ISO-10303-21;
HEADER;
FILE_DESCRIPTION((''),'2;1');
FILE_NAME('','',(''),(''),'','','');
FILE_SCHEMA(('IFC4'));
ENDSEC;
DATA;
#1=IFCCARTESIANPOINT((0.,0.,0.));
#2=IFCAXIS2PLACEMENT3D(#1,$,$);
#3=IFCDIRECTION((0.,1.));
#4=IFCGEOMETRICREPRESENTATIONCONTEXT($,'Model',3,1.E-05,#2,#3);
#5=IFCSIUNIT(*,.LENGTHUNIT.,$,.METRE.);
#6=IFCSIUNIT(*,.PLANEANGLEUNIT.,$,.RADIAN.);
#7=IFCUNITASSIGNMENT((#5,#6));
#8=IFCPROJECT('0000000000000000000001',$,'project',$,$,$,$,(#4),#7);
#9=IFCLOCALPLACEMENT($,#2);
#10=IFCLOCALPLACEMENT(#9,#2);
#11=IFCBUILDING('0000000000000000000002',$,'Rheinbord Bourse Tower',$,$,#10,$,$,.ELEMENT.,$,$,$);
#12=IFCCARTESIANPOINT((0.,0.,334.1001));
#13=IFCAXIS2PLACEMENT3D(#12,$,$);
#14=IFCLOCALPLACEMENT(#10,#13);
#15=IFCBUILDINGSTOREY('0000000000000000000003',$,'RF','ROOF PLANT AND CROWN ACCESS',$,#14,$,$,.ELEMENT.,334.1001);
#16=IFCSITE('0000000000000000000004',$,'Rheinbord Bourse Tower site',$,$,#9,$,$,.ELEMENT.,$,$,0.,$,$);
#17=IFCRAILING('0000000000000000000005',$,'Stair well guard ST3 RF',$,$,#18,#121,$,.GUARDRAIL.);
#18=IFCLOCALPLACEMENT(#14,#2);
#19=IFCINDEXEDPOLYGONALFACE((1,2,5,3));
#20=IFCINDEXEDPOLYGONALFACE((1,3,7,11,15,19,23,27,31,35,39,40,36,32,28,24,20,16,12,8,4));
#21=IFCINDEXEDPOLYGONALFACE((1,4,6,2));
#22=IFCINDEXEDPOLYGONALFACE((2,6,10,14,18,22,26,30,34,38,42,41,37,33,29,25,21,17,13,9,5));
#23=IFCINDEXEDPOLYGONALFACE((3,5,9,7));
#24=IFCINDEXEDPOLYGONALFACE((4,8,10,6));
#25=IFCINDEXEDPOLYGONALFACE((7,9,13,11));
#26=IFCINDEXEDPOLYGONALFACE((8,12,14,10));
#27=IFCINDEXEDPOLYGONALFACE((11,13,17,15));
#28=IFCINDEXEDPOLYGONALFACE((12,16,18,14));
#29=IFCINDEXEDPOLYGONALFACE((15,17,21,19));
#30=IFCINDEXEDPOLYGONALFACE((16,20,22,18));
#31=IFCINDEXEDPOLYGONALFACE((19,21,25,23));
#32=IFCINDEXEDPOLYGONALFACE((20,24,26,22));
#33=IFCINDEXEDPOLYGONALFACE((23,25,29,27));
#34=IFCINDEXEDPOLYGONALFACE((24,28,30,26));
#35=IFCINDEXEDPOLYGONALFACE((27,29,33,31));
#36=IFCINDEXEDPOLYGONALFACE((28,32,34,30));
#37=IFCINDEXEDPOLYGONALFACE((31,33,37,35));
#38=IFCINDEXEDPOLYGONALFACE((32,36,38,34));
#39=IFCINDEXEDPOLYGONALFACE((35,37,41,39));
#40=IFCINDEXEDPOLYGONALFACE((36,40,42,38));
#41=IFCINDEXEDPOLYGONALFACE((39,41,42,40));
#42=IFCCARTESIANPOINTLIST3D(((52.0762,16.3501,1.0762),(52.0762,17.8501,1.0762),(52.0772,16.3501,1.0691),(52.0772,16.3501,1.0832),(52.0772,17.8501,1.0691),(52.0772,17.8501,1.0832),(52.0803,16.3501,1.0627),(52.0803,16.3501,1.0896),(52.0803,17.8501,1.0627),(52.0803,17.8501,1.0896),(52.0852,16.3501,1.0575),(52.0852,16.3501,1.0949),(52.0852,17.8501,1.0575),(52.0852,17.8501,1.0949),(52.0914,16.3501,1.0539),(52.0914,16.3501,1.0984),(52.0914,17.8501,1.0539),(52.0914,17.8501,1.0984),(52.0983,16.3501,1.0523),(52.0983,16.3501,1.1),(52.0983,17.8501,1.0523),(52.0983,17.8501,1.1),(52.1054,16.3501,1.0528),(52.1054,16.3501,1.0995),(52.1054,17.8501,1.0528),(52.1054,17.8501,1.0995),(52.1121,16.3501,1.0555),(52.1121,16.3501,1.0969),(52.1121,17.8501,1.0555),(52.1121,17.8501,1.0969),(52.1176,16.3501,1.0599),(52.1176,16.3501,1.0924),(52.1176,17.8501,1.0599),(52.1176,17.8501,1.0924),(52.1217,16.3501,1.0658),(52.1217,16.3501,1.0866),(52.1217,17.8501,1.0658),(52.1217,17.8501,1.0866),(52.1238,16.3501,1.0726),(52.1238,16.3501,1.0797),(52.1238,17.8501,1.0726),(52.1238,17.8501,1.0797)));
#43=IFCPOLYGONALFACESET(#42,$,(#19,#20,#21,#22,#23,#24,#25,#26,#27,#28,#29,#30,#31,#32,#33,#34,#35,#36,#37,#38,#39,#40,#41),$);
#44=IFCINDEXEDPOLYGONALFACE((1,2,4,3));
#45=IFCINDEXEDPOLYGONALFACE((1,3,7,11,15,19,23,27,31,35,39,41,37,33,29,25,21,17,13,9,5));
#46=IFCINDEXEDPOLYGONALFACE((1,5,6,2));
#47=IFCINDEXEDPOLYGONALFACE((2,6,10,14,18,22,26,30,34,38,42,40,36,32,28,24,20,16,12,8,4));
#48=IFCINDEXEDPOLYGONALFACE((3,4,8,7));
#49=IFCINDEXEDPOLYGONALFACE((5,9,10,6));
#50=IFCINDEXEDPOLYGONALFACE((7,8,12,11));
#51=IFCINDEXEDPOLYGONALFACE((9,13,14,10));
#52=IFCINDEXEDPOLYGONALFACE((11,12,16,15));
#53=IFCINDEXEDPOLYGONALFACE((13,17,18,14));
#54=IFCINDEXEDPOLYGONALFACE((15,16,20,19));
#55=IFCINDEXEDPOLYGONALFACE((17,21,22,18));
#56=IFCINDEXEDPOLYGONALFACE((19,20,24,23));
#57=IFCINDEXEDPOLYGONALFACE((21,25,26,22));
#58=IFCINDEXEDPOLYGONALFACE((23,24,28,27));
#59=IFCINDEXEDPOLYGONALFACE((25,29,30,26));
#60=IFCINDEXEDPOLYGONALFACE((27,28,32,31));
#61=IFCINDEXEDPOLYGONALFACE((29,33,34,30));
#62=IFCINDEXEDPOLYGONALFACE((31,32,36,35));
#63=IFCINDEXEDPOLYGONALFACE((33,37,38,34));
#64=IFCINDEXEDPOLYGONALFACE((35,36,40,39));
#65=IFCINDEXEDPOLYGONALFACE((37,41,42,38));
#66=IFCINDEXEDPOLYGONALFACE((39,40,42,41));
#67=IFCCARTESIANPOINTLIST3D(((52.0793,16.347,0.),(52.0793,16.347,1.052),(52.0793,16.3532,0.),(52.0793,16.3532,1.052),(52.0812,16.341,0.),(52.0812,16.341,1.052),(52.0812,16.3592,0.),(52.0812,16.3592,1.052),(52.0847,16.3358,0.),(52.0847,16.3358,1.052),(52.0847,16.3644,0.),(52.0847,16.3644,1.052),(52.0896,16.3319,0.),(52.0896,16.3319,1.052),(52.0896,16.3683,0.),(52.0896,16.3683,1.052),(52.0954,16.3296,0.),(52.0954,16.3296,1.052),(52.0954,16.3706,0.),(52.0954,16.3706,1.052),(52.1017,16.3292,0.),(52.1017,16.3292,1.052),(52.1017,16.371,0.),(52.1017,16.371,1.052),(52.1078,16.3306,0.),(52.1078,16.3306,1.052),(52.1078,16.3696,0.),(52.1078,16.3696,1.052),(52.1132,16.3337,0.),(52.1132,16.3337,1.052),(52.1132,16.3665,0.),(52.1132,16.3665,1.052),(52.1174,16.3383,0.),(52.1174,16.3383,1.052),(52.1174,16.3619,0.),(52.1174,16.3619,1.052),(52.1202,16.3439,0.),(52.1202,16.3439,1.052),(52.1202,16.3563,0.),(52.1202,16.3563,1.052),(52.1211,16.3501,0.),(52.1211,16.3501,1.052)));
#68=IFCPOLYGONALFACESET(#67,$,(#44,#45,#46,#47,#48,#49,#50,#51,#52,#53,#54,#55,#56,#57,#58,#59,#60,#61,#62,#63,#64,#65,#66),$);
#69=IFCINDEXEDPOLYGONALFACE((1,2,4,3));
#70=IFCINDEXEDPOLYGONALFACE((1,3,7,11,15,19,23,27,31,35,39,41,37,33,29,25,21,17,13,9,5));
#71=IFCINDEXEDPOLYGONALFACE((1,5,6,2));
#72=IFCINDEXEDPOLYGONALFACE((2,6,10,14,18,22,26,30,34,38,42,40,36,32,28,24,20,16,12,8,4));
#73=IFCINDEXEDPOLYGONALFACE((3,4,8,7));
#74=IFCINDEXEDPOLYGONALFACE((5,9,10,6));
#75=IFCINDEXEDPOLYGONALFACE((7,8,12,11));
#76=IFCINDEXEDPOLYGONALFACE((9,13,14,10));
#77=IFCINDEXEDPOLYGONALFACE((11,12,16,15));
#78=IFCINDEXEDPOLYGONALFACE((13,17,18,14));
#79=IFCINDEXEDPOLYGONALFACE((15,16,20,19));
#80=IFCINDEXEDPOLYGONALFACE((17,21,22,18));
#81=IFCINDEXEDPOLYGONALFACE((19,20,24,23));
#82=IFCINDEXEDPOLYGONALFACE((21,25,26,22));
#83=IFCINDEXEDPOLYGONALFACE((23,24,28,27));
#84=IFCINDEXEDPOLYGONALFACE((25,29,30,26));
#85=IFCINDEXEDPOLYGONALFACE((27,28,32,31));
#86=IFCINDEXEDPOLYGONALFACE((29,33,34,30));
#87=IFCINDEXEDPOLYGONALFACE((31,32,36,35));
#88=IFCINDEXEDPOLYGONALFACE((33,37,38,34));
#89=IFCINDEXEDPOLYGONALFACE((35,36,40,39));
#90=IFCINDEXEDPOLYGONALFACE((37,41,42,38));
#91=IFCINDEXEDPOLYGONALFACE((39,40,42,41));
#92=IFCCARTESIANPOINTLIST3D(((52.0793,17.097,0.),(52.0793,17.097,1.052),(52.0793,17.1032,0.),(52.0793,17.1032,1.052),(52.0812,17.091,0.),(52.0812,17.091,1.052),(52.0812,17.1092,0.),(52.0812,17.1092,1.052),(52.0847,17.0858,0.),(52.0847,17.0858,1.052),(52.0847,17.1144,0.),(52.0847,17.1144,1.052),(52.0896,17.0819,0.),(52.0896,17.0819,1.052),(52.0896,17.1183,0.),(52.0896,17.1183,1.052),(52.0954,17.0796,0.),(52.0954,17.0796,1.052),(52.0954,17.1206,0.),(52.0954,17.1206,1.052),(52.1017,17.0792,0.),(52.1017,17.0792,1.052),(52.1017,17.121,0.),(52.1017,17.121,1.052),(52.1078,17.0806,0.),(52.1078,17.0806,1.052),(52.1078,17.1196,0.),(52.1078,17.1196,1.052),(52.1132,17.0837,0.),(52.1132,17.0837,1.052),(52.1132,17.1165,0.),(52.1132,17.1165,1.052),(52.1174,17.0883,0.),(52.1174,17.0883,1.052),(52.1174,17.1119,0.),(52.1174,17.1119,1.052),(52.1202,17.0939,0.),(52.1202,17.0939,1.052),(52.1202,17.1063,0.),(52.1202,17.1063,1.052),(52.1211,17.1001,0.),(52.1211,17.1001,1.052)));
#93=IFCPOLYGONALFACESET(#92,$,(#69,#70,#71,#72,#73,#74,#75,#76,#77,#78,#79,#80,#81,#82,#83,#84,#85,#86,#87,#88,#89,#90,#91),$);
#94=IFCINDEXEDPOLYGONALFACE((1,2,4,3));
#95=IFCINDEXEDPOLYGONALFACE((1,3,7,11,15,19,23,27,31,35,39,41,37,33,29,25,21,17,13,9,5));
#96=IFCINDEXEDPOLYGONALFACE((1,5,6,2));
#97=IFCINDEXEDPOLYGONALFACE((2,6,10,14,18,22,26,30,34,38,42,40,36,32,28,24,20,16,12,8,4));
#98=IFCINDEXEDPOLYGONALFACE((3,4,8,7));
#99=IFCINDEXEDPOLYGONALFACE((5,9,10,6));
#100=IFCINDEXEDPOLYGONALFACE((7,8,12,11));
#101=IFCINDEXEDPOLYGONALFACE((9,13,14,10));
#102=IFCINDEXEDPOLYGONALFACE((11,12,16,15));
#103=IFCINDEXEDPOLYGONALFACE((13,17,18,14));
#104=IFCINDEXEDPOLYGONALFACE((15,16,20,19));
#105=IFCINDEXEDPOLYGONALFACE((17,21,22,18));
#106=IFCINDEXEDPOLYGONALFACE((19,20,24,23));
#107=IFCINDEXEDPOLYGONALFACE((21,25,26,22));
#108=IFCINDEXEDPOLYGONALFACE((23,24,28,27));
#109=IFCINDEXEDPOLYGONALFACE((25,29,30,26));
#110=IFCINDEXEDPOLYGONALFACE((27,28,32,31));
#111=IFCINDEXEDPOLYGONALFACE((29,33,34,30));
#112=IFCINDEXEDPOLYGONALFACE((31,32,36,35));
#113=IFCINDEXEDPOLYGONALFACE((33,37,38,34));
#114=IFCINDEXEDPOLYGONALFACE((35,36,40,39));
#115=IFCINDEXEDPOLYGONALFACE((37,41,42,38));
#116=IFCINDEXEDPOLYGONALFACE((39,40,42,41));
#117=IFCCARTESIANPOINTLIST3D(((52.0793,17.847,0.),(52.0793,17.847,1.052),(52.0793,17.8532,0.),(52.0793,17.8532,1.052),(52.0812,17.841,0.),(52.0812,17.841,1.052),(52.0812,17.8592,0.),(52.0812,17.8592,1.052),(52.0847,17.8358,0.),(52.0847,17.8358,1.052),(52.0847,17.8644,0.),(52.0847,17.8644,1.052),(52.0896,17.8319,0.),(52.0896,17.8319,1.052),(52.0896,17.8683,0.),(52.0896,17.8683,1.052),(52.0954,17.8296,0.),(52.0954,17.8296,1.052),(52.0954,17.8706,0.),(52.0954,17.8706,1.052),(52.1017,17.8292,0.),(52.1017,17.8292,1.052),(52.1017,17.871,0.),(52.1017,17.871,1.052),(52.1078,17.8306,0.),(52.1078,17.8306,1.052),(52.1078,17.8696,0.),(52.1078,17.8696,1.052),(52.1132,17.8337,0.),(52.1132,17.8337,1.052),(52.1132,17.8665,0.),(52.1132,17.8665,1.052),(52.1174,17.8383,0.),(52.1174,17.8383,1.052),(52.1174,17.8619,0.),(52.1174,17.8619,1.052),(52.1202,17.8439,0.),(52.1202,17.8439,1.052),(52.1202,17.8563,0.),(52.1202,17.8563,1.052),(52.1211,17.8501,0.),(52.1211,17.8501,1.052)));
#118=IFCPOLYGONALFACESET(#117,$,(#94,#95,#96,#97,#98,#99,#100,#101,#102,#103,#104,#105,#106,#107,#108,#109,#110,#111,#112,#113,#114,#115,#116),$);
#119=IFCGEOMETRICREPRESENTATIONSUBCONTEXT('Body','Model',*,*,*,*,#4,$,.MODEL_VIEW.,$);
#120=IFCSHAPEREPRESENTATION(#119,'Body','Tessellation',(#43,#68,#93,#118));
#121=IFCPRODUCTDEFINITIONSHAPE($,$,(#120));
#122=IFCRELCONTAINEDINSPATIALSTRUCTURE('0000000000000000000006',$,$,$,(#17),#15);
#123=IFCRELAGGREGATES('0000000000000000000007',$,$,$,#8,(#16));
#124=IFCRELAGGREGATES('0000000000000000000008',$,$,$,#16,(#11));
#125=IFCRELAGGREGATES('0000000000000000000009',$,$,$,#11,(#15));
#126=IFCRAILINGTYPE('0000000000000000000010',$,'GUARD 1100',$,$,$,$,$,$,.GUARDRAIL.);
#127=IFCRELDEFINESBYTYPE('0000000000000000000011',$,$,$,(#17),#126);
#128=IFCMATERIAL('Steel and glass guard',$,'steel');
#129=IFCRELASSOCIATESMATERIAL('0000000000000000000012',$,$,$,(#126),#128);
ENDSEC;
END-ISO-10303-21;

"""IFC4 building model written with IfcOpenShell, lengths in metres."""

from ifc_helpers import new_model, si_unit, direction, frame, origin, origin_2d, place, context, subcontext, project, spatial, circle, extrude, material, type_object, element, save


model = new_model("IFC4")

# Units and contexts
model_context = context("Model", 3, precision=1e-05, world=origin(), true_north=direction((0.0, 1.0)))
body_context = subcontext(model_context, "Body", "Model", "MODEL_VIEW")
ifc_project = project(units=[si_unit("LENGTHUNIT", "METRE"), si_unit("PLANEANGLEUNIT", "RADIAN")], contexts=[model_context])

# Site, building, storey
site_placement = place(None, origin())
site = spatial("IfcSite", under=ifc_project, at=site_placement, Name="Rheinbord Bourse Tower site", CompositionType="ELEMENT", RefElevation=0.0)
building_placement = place(site_placement, origin())
building = spatial("IfcBuilding", under=site, at=building_placement, Name="Rheinbord Bourse Tower", CompositionType="ELEMENT")
storey_placement = place(building_placement, frame((0.0, 0.0, 334.1001)))
storey = spatial("IfcBuildingStorey", under=building, at=storey_placement, Name="RF", Description="ROOF PLANT AND CROWN ACCESS", CompositionType="ELEMENT", Elevation=334.1001)

# Railing
ifc_material_1 = material(Name="Steel and glass guard", Category="steel")
railing_type = type_object("IfcRailingType", Name="GUARD 1100", PredefinedType="GUARDRAIL", material=ifc_material_1)
railing_1_placement = place(storey_placement, frame((52.1001, 16.3501, 0.0)))
element("IfcRailing", 1, at=railing_1_placement, inside=storey, type_object=railing_type, Name="Stair well guard ST3 RF", PredefinedType="GUARDRAIL", context=body_context, shape_type="SweptSolid", body=[
    extrude(circle(Radius=0.0239, at=origin_2d()), frame((0.0, 0.0, 1.0762), z_axis=(0.0, 1.0, 0.0), x_axis=(-1.0, 0.0, 0.0)), (0.0, 0.0, 1.0), 1.5),
    extrude(circle(Radius=0.021, at=origin_2d()), origin(), (0.0, 0.0, 1.0), 1.052),
    extrude(circle(Radius=0.021, at=origin_2d()), frame((0.0, 0.75, 0.0)), (0.0, 0.0, 1.0), 1.052),
    extrude(circle(Radius=0.021, at=origin_2d()), frame((0.0, 1.5, 0.0)), (0.0, 0.0, 1.0), 1.052),
])

save(model, "model.ifc")
